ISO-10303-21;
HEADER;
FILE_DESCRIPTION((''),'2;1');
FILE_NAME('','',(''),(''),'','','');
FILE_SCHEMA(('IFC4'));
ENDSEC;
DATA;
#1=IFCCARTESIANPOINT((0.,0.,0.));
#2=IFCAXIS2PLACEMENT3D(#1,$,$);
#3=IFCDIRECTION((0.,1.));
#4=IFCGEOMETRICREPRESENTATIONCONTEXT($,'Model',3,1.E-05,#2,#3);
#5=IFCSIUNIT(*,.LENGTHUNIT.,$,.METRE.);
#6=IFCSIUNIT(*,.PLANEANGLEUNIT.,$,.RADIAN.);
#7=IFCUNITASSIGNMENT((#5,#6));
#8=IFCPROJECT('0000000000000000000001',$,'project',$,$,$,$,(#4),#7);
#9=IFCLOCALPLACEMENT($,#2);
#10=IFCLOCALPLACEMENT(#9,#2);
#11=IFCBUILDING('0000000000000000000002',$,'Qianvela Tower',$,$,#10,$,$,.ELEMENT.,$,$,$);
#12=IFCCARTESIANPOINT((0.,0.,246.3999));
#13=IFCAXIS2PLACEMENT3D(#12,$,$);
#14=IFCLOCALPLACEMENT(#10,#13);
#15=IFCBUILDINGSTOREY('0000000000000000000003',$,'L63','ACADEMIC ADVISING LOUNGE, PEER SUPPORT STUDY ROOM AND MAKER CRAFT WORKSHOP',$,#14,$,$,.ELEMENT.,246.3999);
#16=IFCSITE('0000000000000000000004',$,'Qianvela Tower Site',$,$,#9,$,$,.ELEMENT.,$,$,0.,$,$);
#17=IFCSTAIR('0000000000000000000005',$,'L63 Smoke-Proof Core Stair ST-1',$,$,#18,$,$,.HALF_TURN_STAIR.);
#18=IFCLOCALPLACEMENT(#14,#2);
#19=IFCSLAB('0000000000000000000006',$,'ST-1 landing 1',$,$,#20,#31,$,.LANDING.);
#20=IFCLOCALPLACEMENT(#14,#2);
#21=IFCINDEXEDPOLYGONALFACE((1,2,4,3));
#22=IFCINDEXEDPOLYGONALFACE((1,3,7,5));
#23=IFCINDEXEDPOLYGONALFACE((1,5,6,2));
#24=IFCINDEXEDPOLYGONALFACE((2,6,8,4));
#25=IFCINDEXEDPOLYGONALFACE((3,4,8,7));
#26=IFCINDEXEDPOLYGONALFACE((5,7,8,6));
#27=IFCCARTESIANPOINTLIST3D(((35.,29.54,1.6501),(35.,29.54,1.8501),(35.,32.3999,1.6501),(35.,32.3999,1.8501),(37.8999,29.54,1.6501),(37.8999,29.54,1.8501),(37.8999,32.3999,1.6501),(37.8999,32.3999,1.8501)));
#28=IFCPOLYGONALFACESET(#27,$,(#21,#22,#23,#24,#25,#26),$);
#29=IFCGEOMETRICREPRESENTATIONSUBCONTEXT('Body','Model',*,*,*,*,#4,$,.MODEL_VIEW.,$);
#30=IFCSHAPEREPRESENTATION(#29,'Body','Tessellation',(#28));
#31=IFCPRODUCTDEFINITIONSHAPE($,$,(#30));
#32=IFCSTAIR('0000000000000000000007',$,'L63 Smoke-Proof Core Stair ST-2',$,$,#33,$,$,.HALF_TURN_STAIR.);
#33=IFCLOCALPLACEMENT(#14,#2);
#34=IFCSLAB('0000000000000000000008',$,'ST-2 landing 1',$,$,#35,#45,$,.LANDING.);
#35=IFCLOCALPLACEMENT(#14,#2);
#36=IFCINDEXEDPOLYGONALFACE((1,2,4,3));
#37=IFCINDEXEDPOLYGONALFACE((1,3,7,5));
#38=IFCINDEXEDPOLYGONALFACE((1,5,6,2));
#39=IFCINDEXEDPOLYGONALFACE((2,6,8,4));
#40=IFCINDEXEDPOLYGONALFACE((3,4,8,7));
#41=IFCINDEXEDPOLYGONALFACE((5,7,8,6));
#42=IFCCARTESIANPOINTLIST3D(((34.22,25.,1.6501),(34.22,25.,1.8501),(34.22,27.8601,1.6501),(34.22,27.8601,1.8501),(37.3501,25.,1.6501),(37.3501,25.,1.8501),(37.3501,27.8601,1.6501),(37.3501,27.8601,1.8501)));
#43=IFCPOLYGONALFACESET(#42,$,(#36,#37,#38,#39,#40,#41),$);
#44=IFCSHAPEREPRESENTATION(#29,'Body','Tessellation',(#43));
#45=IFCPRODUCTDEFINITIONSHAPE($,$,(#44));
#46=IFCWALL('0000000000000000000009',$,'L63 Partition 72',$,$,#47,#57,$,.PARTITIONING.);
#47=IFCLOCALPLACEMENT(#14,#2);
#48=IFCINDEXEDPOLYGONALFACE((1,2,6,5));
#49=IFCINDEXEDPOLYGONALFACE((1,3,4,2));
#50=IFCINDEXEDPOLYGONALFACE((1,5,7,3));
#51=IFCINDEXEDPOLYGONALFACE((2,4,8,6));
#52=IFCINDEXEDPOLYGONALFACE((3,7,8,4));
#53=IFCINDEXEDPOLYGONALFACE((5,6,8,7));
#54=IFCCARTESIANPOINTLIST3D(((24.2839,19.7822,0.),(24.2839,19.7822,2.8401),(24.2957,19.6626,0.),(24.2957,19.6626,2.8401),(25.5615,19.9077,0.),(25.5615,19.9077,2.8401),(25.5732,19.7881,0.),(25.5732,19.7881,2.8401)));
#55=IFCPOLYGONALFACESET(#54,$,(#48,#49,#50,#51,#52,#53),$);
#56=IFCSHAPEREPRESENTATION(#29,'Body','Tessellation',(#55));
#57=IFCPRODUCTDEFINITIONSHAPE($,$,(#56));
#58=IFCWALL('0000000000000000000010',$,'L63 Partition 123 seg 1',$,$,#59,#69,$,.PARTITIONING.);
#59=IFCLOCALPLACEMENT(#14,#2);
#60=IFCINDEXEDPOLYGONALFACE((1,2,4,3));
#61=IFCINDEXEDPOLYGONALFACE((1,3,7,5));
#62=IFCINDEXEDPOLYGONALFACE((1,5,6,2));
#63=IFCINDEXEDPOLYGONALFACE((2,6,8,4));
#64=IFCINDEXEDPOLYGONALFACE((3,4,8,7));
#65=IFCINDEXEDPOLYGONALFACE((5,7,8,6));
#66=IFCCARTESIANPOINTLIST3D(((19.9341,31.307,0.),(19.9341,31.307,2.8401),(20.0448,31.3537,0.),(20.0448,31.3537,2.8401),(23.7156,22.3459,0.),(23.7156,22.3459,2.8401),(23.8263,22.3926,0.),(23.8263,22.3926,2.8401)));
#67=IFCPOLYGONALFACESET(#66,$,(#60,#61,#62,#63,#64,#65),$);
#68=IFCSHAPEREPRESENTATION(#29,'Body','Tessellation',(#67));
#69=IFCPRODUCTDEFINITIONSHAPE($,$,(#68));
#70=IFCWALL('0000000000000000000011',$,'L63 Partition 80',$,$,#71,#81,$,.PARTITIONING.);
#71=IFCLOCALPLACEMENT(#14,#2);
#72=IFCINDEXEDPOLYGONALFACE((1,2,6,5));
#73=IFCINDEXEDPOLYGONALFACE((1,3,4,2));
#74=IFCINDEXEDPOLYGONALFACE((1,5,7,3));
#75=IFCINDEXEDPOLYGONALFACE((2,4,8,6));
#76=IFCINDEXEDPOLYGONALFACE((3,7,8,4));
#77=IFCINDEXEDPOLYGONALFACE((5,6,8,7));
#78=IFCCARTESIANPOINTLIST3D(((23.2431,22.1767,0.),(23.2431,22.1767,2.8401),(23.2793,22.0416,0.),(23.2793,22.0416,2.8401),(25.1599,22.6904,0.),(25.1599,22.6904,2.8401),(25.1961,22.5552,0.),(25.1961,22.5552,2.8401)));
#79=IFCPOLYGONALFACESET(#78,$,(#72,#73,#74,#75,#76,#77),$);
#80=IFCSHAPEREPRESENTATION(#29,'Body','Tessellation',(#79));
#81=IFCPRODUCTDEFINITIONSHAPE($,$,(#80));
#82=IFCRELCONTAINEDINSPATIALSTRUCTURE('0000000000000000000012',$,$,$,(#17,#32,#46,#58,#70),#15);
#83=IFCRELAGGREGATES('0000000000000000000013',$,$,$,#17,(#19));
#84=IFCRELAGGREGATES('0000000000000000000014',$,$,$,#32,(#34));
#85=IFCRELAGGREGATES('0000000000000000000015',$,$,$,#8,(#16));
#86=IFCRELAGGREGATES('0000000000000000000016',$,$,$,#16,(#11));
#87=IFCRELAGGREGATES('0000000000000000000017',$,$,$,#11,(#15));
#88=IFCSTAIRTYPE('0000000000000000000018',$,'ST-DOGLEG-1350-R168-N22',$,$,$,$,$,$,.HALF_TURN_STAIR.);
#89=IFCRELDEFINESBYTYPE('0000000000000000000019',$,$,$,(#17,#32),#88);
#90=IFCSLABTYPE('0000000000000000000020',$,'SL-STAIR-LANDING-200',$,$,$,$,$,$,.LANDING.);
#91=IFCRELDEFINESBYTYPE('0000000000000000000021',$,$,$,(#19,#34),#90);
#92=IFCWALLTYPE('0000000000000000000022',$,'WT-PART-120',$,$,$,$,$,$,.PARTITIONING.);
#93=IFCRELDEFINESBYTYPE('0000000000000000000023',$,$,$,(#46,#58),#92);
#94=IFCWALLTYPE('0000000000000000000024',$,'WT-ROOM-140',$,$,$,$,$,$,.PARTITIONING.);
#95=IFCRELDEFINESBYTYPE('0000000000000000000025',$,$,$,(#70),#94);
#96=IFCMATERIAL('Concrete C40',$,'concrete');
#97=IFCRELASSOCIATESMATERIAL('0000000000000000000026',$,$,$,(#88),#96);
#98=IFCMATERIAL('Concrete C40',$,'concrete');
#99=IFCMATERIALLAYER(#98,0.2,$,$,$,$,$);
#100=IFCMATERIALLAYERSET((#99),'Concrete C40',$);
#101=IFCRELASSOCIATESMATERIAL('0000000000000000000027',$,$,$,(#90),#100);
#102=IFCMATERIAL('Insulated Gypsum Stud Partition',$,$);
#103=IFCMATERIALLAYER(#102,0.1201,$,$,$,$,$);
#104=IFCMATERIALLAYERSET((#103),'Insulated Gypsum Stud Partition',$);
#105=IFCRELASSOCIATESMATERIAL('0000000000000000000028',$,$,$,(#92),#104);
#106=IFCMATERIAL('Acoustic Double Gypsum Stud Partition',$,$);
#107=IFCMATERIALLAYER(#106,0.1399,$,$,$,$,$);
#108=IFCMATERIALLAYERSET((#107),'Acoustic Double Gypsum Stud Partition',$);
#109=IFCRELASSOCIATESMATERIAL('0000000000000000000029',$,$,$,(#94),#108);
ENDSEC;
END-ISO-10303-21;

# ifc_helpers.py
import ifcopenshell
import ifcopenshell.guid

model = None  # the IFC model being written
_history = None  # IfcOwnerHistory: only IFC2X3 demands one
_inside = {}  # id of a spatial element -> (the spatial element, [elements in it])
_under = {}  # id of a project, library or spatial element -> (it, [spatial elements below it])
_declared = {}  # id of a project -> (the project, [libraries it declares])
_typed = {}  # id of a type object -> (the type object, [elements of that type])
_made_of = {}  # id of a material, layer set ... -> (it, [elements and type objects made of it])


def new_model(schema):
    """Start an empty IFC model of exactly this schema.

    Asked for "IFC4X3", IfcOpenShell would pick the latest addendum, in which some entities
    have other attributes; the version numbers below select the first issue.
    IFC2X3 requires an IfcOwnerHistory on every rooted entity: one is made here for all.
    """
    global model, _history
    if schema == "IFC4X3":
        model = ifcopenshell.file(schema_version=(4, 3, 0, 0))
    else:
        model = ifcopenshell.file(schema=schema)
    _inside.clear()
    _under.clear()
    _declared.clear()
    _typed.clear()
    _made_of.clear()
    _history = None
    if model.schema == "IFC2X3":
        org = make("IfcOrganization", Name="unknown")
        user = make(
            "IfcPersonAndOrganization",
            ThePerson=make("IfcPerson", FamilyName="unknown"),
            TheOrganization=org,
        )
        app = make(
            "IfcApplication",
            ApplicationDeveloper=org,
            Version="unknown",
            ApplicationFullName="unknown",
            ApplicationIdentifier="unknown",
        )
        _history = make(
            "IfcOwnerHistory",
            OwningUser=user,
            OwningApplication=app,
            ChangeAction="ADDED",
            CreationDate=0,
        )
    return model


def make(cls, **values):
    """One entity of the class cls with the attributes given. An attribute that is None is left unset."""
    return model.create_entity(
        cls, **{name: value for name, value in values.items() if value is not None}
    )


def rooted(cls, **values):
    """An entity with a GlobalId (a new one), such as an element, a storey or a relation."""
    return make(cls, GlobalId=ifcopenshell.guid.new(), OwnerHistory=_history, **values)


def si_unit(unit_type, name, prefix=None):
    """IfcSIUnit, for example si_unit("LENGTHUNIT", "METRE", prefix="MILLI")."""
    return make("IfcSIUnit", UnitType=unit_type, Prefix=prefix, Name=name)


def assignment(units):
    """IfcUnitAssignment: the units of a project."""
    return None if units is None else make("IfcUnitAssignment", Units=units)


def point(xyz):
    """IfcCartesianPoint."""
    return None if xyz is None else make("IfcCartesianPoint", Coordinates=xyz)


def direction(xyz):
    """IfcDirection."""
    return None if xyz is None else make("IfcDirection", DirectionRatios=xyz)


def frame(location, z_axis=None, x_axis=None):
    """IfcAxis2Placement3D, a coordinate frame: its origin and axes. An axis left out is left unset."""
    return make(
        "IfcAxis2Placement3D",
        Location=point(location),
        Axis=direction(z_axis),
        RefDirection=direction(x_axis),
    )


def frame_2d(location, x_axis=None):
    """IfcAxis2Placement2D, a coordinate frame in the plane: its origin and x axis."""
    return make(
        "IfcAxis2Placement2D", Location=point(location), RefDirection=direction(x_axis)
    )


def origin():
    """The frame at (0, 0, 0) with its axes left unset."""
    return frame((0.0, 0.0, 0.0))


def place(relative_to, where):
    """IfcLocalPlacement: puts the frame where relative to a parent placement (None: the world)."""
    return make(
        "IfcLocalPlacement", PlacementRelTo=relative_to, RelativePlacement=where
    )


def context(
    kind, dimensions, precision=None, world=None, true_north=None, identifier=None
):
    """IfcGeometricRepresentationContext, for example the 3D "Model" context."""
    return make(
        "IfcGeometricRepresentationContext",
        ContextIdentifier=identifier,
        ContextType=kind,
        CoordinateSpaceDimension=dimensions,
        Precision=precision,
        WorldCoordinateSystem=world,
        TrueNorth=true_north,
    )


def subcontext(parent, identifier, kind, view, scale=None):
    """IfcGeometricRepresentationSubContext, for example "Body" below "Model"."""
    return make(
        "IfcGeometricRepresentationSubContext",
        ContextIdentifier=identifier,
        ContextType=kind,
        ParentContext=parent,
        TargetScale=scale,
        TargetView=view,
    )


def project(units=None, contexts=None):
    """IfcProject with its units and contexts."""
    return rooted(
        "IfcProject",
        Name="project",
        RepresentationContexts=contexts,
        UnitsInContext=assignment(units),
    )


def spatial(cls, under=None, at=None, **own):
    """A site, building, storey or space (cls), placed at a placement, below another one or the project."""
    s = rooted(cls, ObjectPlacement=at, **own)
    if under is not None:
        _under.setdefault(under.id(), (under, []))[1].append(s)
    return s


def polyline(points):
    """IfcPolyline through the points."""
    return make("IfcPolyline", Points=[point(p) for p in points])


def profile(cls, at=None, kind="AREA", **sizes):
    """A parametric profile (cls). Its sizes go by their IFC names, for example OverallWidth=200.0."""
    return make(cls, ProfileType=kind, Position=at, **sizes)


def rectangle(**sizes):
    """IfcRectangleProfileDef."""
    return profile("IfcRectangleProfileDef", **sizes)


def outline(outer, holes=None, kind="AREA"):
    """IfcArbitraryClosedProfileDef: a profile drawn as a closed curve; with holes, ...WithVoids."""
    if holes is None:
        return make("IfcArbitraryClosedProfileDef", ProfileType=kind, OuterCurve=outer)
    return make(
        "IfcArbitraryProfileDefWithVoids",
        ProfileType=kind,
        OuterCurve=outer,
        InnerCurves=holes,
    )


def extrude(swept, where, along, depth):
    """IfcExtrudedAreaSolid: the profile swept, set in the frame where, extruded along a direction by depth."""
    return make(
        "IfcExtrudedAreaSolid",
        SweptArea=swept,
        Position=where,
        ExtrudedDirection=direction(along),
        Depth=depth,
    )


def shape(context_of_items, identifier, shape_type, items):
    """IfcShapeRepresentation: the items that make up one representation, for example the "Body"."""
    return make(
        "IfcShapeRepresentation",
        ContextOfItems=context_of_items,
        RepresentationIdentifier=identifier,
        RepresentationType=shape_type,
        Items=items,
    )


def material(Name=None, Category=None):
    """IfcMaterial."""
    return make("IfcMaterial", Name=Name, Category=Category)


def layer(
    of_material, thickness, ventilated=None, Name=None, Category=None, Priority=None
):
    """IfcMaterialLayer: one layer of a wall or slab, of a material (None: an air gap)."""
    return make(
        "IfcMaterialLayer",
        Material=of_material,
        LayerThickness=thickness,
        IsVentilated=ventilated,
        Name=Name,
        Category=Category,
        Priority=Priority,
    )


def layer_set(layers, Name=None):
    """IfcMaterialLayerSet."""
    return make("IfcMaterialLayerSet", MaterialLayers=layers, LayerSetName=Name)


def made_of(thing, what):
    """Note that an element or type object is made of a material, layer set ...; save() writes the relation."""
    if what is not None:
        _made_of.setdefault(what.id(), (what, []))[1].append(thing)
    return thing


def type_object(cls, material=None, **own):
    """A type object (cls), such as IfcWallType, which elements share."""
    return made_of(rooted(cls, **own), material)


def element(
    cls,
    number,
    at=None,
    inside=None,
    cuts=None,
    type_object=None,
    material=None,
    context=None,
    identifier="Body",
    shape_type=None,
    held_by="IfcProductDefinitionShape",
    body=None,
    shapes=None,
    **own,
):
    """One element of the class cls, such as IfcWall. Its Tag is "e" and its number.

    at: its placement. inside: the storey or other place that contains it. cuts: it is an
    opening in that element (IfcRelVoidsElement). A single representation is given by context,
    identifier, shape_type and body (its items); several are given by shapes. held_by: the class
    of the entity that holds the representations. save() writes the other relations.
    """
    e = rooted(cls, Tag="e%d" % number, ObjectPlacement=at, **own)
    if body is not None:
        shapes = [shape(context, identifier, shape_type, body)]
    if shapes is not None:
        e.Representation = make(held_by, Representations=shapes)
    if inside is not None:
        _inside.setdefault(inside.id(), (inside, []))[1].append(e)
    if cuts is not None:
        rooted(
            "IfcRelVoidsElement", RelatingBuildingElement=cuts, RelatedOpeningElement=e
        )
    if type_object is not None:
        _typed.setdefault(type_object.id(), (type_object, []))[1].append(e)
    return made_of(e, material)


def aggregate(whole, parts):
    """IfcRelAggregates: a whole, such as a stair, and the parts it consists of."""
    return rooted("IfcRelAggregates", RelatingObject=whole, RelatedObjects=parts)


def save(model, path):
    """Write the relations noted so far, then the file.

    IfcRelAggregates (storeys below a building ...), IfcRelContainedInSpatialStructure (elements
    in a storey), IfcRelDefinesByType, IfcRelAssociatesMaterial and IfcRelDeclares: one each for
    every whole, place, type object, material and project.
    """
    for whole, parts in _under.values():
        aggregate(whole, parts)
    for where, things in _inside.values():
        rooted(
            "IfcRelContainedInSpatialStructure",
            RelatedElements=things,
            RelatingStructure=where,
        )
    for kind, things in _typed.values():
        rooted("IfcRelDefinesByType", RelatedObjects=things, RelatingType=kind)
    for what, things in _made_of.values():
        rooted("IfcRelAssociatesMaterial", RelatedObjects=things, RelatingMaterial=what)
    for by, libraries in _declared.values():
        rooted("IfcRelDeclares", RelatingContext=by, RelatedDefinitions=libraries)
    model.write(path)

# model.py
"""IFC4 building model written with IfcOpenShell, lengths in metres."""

from ifc_helpers import new_model, si_unit, direction, frame, frame_2d, origin, place, context, subcontext, project, spatial, polyline, rectangle, outline, extrude, material, layer, layer_set, type_object, element, aggregate, save


model = new_model("IFC4")

# Units and contexts
model_context = context("Model", 3, precision=1e-05, world=origin(), true_north=direction((0.0, 1.0)))
body_context = subcontext(model_context, "Body", "Model", "MODEL_VIEW")
ifc_project = project(units=[si_unit("LENGTHUNIT", "METRE"), si_unit("PLANEANGLEUNIT", "RADIAN")], contexts=[model_context])

# Site, building, storey
site_placement = place(None, origin())
site = spatial("IfcSite", under=ifc_project, at=site_placement, Name="Qianvela Tower Site", CompositionType="ELEMENT", RefElevation=0.0)
building_placement = place(site_placement, origin())
building = spatial("IfcBuilding", under=site, at=building_placement, Name="Qianvela Tower", CompositionType="ELEMENT")
storey_placement = place(building_placement, frame((0.0, 0.0, 246.3999)))
storey = spatial("IfcBuildingStorey", under=building, at=storey_placement, Name="L63", Description="ACADEMIC ADVISING LOUNGE, PEER SUPPORT STUDY ROOM AND MAKER CRAFT WORKSHOP", CompositionType="ELEMENT", Elevation=246.3999)

# Stairs, slabs
ifc_material_1 = material(Name="Concrete C40", Category="concrete")
stair_type = type_object("IfcStairType", Name="ST-DOGLEG-1350-R168-N22", PredefinedType="HALF_TURN_STAIR", material=ifc_material_1)
stair_1_placement = place(storey_placement, origin())
stair_1 = element("IfcStair", 1, at=stair_1_placement, inside=storey, type_object=stair_type, Name="L63 Smoke-Proof Core Stair ST-1", PredefinedType="HALF_TURN_STAIR")
ifc_material_2 = material(Name="Concrete C40", Category="concrete")
ifc_layer_1 = layer(ifc_material_2, 0.2)
ifc_layer_set_1 = layer_set([ifc_layer_1], Name="Concrete C40")
slab_type_1 = type_object("IfcSlabType", Name="SL-STAIR-LANDING-200", PredefinedType="LANDING", material=ifc_layer_set_1)
slab_1_placement = place(storey_placement, frame((0.0, 0.0, 1.6501)))
slab_1 = element("IfcSlab", 2, at=slab_1_placement, type_object=slab_type_1, Name="ST-1 landing 1", PredefinedType="LANDING", context=body_context, shape_type="SweptSolid", body=[
    extrude(outline(polyline([(35.0, 29.54), (37.8999, 29.54), (37.8999, 32.3999), (35.0, 32.3999), (35.0, 29.54)])), origin(), (0.0, 0.0, 1.0), 0.2),
])
aggregate(stair_1, [slab_1])
stair_2_placement = place(storey_placement, origin())
stair_2 = element("IfcStair", 3, at=stair_2_placement, inside=storey, type_object=stair_type, Name="L63 Smoke-Proof Core Stair ST-2", PredefinedType="HALF_TURN_STAIR")
slab_2_placement = place(storey_placement, frame((0.0, 0.0, 1.6501)))
slab_2 = element("IfcSlab", 4, at=slab_2_placement, type_object=slab_type_1, Name="ST-2 landing 1", PredefinedType="LANDING", context=body_context, shape_type="SweptSolid", body=[
    extrude(outline(polyline([(34.22, 25.0), (37.3501, 25.0), (37.3501, 27.8601), (34.22, 27.8601), (34.22, 25.0)])), origin(), (0.0, 0.0, 1.0), 0.2),
])
aggregate(stair_2, [slab_2])

# Walls
ifc_material_3 = material(Name="Insulated Gypsum Stud Partition")
ifc_layer_2 = layer(ifc_material_3, 0.1201)
ifc_layer_set_2 = layer_set([ifc_layer_2], Name="Insulated Gypsum Stud Partition")
wall_type_1 = type_object("IfcWallType", Name="WT-PART-120", PredefinedType="PARTITIONING", material=ifc_layer_set_2)
wall_1_placement = place(storey_placement, frame((24.2898, 19.7224, 0.0), z_axis=(0.0, 0.0, 1.0), x_axis=(0.995211, 0.097752, 0.0)))
element("IfcWall", 5, at=wall_1_placement, inside=storey, type_object=wall_type_1, Name="L63 Partition 72", PredefinedType="PARTITIONING", context=body_context, shape_type="SweptSolid", body=[
    extrude(rectangle(XDim=1.2837, YDim=0.1201, at=frame_2d((0.6418, 0.0))), origin(), (0.0, 0.0, 1.0), 2.8401),
])
wall_2_placement = place(storey_placement, frame((23.771, 22.3691, 0.0), z_axis=(0.0, 0.0, 1.0), x_axis=(-0.388787, 0.921327, 0.0)))
element("IfcWall", 6, at=wall_2_placement, inside=storey, type_object=wall_type_1, Name="L63 Partition 123 seg 1", PredefinedType="PARTITIONING", context=body_context, shape_type="SweptSolid", body=[
    extrude(rectangle(XDim=9.7263, YDim=0.1201, at=frame_2d((4.8633, 0.0))), origin(), (0.0, 0.0, 1.0), 2.8401),
])
ifc_material_4 = material(Name="Acoustic Double Gypsum Stud Partition")
ifc_layer_3 = layer(ifc_material_4, 0.1399)
ifc_layer_set_3 = layer_set([ifc_layer_3], Name="Acoustic Double Gypsum Stud Partition")
wall_type_2 = type_object("IfcWallType", Name="WT-ROOM-140", PredefinedType="PARTITIONING", material=ifc_layer_set_3)
wall_3_placement = place(storey_placement, frame((23.2612, 22.1091, 0.0), z_axis=(0.0, 0.0, 1.0), x_axis=(0.965916, 0.258857, 0.0)))
element("IfcWall", 7, at=wall_3_placement, inside=storey, type_object=wall_type_2, Name="L63 Partition 80", PredefinedType="PARTITIONING", context=body_context, shape_type="SweptSolid", body=[
    extrude(rectangle(XDim=1.9844, YDim=0.1399, at=frame_2d((0.9922, 0.0))), origin(), (0.0, 0.0, 1.0), 2.8401),
])

save(model, "model.ifc")
